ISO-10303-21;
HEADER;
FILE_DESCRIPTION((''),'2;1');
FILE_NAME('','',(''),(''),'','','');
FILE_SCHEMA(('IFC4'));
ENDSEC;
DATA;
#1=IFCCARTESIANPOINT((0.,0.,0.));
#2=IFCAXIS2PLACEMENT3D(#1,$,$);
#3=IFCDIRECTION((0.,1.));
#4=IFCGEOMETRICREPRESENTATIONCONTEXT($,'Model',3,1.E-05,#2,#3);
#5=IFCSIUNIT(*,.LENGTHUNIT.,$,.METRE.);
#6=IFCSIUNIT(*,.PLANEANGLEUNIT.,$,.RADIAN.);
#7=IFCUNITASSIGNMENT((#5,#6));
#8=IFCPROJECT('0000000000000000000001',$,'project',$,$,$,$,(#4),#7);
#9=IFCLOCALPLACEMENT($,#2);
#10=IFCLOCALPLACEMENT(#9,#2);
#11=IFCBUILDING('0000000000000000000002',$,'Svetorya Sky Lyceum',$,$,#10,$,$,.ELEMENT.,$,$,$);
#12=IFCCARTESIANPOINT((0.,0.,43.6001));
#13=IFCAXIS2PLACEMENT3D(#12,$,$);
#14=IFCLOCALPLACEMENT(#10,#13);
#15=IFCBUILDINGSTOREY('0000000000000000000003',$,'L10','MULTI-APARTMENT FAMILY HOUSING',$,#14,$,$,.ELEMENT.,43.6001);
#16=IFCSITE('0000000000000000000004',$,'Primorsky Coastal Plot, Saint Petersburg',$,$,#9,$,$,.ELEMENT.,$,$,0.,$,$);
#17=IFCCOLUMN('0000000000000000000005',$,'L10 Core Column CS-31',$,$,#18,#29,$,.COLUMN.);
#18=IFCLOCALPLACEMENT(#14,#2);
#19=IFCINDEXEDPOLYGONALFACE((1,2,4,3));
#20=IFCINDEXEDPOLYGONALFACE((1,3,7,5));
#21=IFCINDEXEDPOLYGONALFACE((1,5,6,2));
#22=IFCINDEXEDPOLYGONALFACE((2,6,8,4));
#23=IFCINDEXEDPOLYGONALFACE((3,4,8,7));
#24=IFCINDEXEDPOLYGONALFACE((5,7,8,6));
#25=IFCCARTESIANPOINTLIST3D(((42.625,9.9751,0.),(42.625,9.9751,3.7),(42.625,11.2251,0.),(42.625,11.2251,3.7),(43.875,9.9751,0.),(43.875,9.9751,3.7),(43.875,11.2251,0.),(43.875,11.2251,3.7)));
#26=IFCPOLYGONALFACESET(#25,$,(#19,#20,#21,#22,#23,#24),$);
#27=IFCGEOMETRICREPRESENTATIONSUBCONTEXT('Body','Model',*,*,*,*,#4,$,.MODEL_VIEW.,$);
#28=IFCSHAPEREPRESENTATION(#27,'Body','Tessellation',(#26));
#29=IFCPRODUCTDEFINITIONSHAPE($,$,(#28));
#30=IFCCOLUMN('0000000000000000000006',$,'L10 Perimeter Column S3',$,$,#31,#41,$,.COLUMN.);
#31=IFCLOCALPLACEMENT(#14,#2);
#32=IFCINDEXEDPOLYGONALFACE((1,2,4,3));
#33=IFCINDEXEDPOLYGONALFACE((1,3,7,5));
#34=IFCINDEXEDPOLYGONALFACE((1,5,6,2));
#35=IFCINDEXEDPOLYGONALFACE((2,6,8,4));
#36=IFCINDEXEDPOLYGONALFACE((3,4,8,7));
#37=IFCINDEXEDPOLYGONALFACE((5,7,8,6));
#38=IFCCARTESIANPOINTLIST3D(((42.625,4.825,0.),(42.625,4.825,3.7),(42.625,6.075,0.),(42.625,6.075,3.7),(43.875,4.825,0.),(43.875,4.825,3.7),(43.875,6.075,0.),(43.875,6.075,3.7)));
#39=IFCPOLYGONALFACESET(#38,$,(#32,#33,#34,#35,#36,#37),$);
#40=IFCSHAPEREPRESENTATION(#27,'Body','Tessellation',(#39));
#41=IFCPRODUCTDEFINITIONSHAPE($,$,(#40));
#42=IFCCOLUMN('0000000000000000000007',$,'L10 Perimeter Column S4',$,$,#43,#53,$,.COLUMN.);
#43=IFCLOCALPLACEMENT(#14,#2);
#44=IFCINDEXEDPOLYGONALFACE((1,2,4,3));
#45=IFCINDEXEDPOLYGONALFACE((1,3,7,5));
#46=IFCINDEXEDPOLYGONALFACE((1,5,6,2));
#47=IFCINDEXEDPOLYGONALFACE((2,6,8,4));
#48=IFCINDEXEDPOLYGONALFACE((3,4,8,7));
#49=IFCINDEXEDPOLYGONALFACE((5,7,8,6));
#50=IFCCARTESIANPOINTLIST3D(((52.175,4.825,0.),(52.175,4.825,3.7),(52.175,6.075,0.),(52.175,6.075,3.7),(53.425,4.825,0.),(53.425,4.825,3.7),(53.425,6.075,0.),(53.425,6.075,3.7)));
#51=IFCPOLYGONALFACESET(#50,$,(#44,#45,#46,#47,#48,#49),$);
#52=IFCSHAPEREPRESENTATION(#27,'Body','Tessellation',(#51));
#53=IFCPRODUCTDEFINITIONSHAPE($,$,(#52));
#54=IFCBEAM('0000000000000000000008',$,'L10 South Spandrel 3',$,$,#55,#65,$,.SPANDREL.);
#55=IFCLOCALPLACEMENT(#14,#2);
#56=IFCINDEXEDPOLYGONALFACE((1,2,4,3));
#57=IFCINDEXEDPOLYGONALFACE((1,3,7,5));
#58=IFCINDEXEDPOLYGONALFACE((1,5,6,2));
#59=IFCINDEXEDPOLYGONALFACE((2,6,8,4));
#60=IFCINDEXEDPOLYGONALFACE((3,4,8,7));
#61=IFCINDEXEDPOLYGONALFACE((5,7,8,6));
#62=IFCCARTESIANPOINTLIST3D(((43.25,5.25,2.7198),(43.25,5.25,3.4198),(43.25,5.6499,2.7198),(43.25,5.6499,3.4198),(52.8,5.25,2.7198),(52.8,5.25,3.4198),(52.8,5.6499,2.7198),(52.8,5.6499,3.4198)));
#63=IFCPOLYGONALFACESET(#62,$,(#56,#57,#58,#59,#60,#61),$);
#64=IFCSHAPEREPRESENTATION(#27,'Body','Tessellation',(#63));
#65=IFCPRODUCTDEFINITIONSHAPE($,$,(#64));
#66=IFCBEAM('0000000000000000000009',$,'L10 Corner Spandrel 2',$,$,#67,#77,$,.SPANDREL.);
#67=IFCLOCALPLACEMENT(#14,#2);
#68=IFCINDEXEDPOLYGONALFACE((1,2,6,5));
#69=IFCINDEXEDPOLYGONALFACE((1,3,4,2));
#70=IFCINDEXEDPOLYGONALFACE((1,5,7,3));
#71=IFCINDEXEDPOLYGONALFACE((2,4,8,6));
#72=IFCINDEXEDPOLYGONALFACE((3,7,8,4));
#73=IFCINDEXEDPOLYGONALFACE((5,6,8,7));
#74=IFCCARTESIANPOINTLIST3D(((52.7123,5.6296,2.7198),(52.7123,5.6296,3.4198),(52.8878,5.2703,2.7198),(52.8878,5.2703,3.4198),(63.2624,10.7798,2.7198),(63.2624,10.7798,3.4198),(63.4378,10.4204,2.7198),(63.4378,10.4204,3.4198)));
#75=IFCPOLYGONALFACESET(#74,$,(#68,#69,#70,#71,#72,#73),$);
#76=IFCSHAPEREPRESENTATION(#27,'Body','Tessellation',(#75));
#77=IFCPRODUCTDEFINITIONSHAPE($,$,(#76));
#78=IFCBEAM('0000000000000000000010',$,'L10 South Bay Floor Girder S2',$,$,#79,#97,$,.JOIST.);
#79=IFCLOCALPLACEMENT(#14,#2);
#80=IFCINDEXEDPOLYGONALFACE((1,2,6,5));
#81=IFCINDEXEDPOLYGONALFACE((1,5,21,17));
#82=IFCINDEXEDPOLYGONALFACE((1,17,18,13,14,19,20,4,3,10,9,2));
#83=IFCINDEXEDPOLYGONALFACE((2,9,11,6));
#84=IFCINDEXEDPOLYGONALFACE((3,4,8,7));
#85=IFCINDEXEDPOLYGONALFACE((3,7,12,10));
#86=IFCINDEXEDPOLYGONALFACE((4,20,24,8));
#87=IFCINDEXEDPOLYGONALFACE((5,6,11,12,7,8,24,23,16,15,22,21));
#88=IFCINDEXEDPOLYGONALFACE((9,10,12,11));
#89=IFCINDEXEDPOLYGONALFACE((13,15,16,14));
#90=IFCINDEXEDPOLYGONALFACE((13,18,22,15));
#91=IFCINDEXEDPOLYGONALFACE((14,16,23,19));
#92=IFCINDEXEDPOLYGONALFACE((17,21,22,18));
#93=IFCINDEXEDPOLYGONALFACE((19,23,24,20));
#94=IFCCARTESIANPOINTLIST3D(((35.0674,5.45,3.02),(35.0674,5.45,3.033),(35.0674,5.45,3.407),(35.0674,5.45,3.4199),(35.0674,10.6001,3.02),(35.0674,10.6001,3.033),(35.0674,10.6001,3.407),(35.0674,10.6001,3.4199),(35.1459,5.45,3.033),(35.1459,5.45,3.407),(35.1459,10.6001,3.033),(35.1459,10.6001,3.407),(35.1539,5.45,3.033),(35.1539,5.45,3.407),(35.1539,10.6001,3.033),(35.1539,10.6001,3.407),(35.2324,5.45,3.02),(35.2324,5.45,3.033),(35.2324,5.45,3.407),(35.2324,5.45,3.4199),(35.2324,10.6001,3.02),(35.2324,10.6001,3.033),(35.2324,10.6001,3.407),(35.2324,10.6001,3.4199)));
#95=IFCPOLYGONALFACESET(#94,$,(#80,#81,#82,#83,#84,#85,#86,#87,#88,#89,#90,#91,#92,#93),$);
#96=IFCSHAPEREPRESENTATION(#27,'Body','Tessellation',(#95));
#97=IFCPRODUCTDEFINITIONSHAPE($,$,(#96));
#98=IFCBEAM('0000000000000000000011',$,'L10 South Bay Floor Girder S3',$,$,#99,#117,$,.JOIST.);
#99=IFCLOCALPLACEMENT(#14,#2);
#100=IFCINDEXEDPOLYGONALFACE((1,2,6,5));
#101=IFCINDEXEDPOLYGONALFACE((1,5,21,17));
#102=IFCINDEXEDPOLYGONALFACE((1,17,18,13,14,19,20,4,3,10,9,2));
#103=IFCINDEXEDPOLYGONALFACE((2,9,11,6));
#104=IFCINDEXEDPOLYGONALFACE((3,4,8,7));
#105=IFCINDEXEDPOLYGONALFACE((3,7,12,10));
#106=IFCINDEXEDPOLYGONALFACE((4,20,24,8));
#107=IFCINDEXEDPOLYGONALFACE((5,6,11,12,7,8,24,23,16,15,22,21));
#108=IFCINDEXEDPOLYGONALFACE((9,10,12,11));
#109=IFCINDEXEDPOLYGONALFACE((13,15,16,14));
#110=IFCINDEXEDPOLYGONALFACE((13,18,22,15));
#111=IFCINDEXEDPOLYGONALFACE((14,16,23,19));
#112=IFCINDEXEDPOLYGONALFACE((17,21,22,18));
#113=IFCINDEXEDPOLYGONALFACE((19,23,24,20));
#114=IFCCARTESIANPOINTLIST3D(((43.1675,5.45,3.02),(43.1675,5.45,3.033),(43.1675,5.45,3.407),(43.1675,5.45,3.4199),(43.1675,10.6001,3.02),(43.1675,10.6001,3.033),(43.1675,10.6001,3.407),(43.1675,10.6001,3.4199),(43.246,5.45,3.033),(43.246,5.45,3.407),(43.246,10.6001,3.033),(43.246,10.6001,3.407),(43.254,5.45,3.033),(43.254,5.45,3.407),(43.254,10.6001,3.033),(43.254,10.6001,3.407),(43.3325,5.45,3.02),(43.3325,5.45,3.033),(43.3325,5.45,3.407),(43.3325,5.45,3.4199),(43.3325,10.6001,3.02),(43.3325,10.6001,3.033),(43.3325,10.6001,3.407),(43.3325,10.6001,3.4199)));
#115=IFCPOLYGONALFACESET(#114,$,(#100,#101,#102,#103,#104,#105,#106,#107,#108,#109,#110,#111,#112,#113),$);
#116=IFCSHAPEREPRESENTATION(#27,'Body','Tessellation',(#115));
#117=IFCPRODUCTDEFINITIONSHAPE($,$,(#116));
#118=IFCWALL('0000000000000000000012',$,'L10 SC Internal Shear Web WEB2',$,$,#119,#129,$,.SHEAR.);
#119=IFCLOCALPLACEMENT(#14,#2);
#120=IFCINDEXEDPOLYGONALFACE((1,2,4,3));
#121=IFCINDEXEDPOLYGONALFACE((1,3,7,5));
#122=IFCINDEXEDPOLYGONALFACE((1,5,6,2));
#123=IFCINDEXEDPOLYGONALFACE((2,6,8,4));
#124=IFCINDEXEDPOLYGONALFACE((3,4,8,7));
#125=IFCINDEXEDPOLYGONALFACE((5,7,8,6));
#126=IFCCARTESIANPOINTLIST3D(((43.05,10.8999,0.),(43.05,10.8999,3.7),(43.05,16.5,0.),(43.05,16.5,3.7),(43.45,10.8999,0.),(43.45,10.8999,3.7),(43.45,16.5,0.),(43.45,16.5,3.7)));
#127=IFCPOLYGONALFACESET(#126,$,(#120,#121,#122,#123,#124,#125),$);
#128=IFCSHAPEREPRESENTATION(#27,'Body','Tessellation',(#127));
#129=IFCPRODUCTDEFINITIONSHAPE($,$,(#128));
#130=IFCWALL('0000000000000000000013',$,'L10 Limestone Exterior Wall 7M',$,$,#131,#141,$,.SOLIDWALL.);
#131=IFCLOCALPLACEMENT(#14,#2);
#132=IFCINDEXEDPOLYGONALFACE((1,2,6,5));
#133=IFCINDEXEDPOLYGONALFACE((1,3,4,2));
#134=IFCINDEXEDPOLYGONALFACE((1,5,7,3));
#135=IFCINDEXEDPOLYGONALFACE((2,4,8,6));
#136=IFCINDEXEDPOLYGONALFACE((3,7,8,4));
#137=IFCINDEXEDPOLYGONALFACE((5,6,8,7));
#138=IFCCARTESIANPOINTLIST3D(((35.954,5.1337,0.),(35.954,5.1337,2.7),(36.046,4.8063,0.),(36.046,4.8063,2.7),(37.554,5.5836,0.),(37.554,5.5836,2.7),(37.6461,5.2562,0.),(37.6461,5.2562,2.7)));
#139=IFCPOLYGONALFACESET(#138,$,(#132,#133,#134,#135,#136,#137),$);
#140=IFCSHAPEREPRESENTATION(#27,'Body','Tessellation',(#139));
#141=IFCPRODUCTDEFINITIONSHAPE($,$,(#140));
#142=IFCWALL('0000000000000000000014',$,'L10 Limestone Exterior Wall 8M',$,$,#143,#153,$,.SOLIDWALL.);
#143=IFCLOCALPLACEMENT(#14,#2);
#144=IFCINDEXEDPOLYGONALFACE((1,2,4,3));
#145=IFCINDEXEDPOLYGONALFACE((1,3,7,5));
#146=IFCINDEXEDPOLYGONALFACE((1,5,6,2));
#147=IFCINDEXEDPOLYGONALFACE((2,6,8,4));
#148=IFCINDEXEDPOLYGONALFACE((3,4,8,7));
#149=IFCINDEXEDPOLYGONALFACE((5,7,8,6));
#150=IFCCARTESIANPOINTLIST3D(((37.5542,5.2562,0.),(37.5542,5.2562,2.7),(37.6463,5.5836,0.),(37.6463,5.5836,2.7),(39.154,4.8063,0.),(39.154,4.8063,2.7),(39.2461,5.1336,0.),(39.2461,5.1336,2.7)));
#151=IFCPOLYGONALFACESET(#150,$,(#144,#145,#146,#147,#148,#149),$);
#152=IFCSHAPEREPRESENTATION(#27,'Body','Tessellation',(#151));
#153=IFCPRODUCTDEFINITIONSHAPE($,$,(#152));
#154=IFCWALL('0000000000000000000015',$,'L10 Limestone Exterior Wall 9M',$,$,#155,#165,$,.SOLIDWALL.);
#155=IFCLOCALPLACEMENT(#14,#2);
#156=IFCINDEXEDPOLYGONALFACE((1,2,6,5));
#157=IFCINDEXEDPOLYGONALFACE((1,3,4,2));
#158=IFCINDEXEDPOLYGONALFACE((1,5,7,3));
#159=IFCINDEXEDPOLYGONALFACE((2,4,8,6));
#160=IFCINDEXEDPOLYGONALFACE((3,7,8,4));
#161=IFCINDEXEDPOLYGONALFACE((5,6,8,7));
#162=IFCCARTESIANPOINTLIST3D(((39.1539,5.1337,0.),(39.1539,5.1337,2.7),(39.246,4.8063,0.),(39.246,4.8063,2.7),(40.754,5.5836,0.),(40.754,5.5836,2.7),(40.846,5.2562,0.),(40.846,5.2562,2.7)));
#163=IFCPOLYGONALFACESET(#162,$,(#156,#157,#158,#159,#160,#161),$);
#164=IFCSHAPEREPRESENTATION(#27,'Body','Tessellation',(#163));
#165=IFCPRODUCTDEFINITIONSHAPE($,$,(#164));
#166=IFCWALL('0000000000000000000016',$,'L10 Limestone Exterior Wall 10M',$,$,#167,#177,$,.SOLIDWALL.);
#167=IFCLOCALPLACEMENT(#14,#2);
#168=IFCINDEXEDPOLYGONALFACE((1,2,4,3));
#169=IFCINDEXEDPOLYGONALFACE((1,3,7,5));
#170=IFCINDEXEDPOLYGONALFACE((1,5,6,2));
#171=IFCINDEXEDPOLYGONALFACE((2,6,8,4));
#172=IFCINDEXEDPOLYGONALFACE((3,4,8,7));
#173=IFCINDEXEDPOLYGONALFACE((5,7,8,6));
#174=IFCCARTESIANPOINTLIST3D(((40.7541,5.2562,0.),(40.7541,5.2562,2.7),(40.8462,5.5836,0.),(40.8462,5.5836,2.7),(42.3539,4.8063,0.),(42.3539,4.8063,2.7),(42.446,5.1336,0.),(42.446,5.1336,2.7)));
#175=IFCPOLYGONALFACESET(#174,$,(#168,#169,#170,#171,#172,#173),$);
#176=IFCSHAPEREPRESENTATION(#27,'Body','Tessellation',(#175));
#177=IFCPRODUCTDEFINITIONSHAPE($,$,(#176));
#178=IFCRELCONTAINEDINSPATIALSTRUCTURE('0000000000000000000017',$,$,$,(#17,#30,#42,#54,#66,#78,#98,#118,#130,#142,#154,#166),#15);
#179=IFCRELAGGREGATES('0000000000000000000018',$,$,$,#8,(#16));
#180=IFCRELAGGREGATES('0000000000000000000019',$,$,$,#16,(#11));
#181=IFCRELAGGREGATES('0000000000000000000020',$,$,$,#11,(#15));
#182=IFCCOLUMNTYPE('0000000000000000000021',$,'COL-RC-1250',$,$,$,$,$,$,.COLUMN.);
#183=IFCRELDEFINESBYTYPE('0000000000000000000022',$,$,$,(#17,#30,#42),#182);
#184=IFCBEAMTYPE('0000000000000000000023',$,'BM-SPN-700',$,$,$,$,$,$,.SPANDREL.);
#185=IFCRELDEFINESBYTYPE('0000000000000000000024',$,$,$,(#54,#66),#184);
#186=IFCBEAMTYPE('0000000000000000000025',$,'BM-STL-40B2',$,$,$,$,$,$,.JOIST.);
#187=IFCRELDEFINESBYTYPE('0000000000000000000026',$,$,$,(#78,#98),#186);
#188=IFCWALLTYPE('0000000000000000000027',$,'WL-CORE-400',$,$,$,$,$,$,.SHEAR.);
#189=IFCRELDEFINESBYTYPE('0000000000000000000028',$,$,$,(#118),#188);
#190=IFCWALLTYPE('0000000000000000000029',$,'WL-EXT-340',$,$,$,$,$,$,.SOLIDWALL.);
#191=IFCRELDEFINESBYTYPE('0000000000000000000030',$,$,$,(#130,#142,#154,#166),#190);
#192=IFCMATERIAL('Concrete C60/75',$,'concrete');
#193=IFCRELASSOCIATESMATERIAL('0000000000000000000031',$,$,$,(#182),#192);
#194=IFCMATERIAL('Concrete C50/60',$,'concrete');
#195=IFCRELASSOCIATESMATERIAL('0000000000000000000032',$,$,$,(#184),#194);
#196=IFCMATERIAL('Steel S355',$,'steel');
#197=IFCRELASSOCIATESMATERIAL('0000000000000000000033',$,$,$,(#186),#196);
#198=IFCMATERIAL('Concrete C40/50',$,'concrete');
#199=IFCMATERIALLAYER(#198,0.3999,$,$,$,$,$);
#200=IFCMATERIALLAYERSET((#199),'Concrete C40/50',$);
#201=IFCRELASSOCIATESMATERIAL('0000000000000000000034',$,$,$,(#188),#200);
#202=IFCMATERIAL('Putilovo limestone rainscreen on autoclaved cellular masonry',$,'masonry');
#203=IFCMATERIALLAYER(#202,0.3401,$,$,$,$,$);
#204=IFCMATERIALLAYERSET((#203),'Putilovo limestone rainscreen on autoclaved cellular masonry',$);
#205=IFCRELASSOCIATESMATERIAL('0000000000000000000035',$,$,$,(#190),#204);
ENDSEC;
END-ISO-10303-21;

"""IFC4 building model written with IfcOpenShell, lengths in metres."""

from ifc_helpers import new_model, si_unit, direction, frame, frame_2d, origin, origin_2d, place, context, subcontext, project, spatial, rectangle, i_section, extrude, material, layer, layer_set, material_profile, profile_set, type_object, element, save


model = new_model("IFC4")

# Units and contexts
model_context = context("Model", 3, precision=1e-05, world=origin(), true_north=direction((0.0, 1.0)))
body_context = subcontext(model_context, "Body", "Model", "MODEL_VIEW")
ifc_project = project(units=[si_unit("LENGTHUNIT", "METRE"), si_unit("PLANEANGLEUNIT", "RADIAN")], contexts=[model_context])

# Site, building, storey
site_placement = place(None, origin())
site = spatial("IfcSite", under=ifc_project, at=site_placement, Name="Primorsky Coastal Plot, Saint Petersburg", CompositionType="ELEMENT", RefElevation=0.0)
building_placement = place(site_placement, origin())
building = spatial("IfcBuilding", under=site, at=building_placement, Name="Svetorya Sky Lyceum", CompositionType="ELEMENT")
storey_placement = place(building_placement, frame((0.0, 0.0, 43.6001)))
storey = spatial("IfcBuildingStorey", under=building, at=storey_placement, Name="L10", Description="MULTI-APARTMENT FAMILY HOUSING", CompositionType="ELEMENT", Elevation=43.6001)

# Columns
ifc_material_1 = material(Name="Concrete C60/75", Category="concrete")
ifc_material_profile_1 = material_profile(ifc_material_1, rectangle(XDim=1.25, YDim=1.25, at=origin_2d()), Name="RC COL 1250x1250")
ifc_profile_set_1 = profile_set([ifc_material_profile_1], Name="Concrete C60/75")
column_type = type_object("IfcColumnType", Name="COL-RC-1250", PredefinedType="COLUMN", material=ifc_profile_set_1)
for number, where, z_axis, x_axis, name in (
    (1, (43.25, 10.6001, 0.0), (0.0, 0.0, 1.0), (1.0, 0.0, 0.0), "L10 Core Column CS-31"),
    (2, (43.25, 5.45, 0.0), (0.0, 0.0, 1.0), (1.0, 0.0, 0.0), "L10 Perimeter Column S3"),
    (3, (52.8, 5.45, 0.0), (0.0, 0.0, 1.0), (1.0, 0.0, 0.0), "L10 Perimeter Column S4"),
):
    element("IfcColumn", number, at=place(storey_placement, frame(where, z_axis=z_axis, x_axis=x_axis)), inside=storey, type_object=column_type, Name=name, PredefinedType="COLUMN", context=body_context, shape_type="SweptSolid", body=[
        extrude(rectangle(XDim=1.25, YDim=1.25, at=origin_2d()), origin(), (0.0, 0.0, 1.0), 3.7),
    ])

# Beams
ifc_material_2 = material(Name="Concrete C50/60", Category="concrete")
ifc_material_profile_2 = material_profile(ifc_material_2, rectangle(XDim=0.3999, YDim=0.7, at=origin_2d()), Name="RC SPANDREL 400x700")
ifc_profile_set_2 = profile_set([ifc_material_profile_2], Name="Concrete C50/60")
beam_type_1 = type_object("IfcBeamType", Name="BM-SPN-700", PredefinedType="SPANDREL", material=ifc_profile_set_2)
beam_1_placement = place(storey_placement, frame((43.25, 5.45, 3.0698), z_axis=(1.0, 0.0, 0.0), x_axis=(0.0, 1.0, 0.0)))
element("IfcBeam", 4, at=beam_1_placement, inside=storey, type_object=beam_type_1, Name="L10 South Spandrel 3", PredefinedType="SPANDREL", context=body_context, shape_type="SweptSolid", body=[
    extrude(rectangle(XDim=0.3999, YDim=0.7, at=origin_2d()), origin(), (0.0, 0.0, 1.0), 9.55),
])
beam_2_placement = place(storey_placement, frame((52.8, 5.45, 3.0698), z_axis=(0.898641, 0.438684, 0.0), x_axis=(-0.438684, 0.898641, 0.0)))
element("IfcBeam", 5, at=beam_2_placement, inside=storey, type_object=beam_type_1, Name="L10 Corner Spandrel 2", PredefinedType="SPANDREL", context=body_context, shape_type="SweptSolid", body=[
    extrude(rectangle(XDim=0.3999, YDim=0.7, at=origin_2d()), origin(), (0.0, 0.0, 1.0), 11.74),
])
ifc_material_3 = material(Name="Steel S355", Category="steel")
ifc_material_profile_3 = material_profile(ifc_material_3, i_section(OverallWidth=0.165, OverallDepth=0.3999, WebThickness=0.0081, FlangeThickness=0.0129, at=origin_2d()), Name="GOST 40B2")
ifc_profile_set_3 = profile_set([ifc_material_profile_3], Name="Steel S355")
beam_type_2 = type_object("IfcBeamType", Name="BM-STL-40B2", PredefinedType="JOIST", material=ifc_profile_set_3)
for number, where, z_axis, x_axis, name in (
    (6, (35.1499, 5.45, 3.22), (0.0, 1.0, 0.0), (-1.0, 0.0, 0.0), "L10 South Bay Floor Girder S2"),
    (7, (43.25, 5.45, 3.22), (0.0, 1.0, 0.0), (-1.0, 0.0, 0.0), "L10 South Bay Floor Girder S3"),
):
    element("IfcBeam", number, at=place(storey_placement, frame(where, z_axis=z_axis, x_axis=x_axis)), inside=storey, type_object=beam_type_2, Name=name, PredefinedType="JOIST", context=body_context, shape_type="SweptSolid", body=[
        extrude(i_section(OverallWidth=0.165, OverallDepth=0.3999, WebThickness=0.0081, FlangeThickness=0.0129, at=origin_2d()), origin(), (0.0, 0.0, 1.0), 5.1501),
    ])

# Walls
ifc_material_4 = material(Name="Concrete C40/50", Category="concrete")
ifc_layer_1 = layer(ifc_material_4, 0.3999)
ifc_layer_set_1 = layer_set([ifc_layer_1], Name="Concrete C40/50")
wall_type_1 = type_object("IfcWallType", Name="WL-CORE-400", PredefinedType="SHEAR", material=ifc_layer_set_1)
wall_1_placement = place(storey_placement, frame((43.25, 10.8999, 0.0), z_axis=(0.0, 0.0, 1.0), x_axis=(0.0, 1.0, 0.0)))
element("IfcWall", 8, at=wall_1_placement, inside=storey, type_object=wall_type_1, Name="L10 SC Internal Shear Web WEB2", PredefinedType="SHEAR", context=body_context, shape_type="SweptSolid", body=[
    extrude(rectangle(XDim=5.6001, YDim=0.3999, at=frame_2d((2.8, 0.0))), origin(), (0.0, 0.0, 1.0), 3.7),
])
ifc_material_5 = material(Name="Putilovo limestone rainscreen on autoclaved cellular masonry", Category="masonry")
ifc_layer_2 = layer(ifc_material_5, 0.3401)
ifc_layer_set_2 = layer_set([ifc_layer_2], Name="Putilovo limestone rainscreen on autoclaved cellular masonry")
wall_type_2 = type_object("IfcWallType", Name="WL-EXT-340", PredefinedType="SOLIDWALL", material=ifc_layer_set_2)
wall_2_placement = place(storey_placement, frame((36.0, 4.97, 0.0), z_axis=(0.0, 0.0, 1.0), x_axis=(0.962663, 0.270703, 0.0)))
element("IfcWall", 9, at=wall_2_placement, inside=storey, type_object=wall_type_2, Name="L10 Limestone Exterior Wall 7M", PredefinedType="SOLIDWALL", context=body_context, shape_type="SweptSolid", body=[
    extrude(rectangle(XDim=1.6621, YDim=0.3401, at=frame_2d((0.8311, 0.0))), origin(), (0.0, 0.0, 1.0), 2.7),
])
wall_3_placement = place(storey_placement, frame((37.6001, 5.4199, 0.0), z_axis=(0.0, 0.0, 1.0), x_axis=(0.962652, -0.270741, 0.0)))
element("IfcWall", 10, at=wall_3_placement, inside=storey, type_object=wall_type_2, Name="L10 Limestone Exterior Wall 8M", PredefinedType="SOLIDWALL", context=body_context, shape_type="SweptSolid", body=[
    extrude(rectangle(XDim=1.6619, YDim=0.3401, at=frame_2d((0.8311, 0.0))), origin(), (0.0, 0.0, 1.0), 2.7),
])
wall_4_placement = place(storey_placement, frame((39.2, 4.97, 0.0), z_axis=(0.0, 0.0, 1.0), x_axis=(0.962663, 0.270703, 0.0)))
element("IfcWall", 11, at=wall_4_placement, inside=storey, type_object=wall_type_2, Name="L10 Limestone Exterior Wall 9M", PredefinedType="SOLIDWALL", context=body_context, shape_type="SweptSolid", body=[
    extrude(rectangle(XDim=1.6621, YDim=0.3401, at=frame_2d((0.8311, 0.0))), origin(), (0.0, 0.0, 1.0), 2.7),
])
wall_5_placement = place(storey_placement, frame((40.8, 5.4199, 0.0), z_axis=(0.0, 0.0, 1.0), x_axis=(0.962652, -0.270741, 0.0)))
element("IfcWall", 12, at=wall_5_placement, inside=storey, type_object=wall_type_2, Name="L10 Limestone Exterior Wall 10M", PredefinedType="SOLIDWALL", context=body_context, shape_type="SweptSolid", body=[
    extrude(rectangle(XDim=1.6619, YDim=0.3401, at=frame_2d((0.8311, 0.0))), origin(), (0.0, 0.0, 1.0), 2.7),
])

save(model, "model.ifc")
